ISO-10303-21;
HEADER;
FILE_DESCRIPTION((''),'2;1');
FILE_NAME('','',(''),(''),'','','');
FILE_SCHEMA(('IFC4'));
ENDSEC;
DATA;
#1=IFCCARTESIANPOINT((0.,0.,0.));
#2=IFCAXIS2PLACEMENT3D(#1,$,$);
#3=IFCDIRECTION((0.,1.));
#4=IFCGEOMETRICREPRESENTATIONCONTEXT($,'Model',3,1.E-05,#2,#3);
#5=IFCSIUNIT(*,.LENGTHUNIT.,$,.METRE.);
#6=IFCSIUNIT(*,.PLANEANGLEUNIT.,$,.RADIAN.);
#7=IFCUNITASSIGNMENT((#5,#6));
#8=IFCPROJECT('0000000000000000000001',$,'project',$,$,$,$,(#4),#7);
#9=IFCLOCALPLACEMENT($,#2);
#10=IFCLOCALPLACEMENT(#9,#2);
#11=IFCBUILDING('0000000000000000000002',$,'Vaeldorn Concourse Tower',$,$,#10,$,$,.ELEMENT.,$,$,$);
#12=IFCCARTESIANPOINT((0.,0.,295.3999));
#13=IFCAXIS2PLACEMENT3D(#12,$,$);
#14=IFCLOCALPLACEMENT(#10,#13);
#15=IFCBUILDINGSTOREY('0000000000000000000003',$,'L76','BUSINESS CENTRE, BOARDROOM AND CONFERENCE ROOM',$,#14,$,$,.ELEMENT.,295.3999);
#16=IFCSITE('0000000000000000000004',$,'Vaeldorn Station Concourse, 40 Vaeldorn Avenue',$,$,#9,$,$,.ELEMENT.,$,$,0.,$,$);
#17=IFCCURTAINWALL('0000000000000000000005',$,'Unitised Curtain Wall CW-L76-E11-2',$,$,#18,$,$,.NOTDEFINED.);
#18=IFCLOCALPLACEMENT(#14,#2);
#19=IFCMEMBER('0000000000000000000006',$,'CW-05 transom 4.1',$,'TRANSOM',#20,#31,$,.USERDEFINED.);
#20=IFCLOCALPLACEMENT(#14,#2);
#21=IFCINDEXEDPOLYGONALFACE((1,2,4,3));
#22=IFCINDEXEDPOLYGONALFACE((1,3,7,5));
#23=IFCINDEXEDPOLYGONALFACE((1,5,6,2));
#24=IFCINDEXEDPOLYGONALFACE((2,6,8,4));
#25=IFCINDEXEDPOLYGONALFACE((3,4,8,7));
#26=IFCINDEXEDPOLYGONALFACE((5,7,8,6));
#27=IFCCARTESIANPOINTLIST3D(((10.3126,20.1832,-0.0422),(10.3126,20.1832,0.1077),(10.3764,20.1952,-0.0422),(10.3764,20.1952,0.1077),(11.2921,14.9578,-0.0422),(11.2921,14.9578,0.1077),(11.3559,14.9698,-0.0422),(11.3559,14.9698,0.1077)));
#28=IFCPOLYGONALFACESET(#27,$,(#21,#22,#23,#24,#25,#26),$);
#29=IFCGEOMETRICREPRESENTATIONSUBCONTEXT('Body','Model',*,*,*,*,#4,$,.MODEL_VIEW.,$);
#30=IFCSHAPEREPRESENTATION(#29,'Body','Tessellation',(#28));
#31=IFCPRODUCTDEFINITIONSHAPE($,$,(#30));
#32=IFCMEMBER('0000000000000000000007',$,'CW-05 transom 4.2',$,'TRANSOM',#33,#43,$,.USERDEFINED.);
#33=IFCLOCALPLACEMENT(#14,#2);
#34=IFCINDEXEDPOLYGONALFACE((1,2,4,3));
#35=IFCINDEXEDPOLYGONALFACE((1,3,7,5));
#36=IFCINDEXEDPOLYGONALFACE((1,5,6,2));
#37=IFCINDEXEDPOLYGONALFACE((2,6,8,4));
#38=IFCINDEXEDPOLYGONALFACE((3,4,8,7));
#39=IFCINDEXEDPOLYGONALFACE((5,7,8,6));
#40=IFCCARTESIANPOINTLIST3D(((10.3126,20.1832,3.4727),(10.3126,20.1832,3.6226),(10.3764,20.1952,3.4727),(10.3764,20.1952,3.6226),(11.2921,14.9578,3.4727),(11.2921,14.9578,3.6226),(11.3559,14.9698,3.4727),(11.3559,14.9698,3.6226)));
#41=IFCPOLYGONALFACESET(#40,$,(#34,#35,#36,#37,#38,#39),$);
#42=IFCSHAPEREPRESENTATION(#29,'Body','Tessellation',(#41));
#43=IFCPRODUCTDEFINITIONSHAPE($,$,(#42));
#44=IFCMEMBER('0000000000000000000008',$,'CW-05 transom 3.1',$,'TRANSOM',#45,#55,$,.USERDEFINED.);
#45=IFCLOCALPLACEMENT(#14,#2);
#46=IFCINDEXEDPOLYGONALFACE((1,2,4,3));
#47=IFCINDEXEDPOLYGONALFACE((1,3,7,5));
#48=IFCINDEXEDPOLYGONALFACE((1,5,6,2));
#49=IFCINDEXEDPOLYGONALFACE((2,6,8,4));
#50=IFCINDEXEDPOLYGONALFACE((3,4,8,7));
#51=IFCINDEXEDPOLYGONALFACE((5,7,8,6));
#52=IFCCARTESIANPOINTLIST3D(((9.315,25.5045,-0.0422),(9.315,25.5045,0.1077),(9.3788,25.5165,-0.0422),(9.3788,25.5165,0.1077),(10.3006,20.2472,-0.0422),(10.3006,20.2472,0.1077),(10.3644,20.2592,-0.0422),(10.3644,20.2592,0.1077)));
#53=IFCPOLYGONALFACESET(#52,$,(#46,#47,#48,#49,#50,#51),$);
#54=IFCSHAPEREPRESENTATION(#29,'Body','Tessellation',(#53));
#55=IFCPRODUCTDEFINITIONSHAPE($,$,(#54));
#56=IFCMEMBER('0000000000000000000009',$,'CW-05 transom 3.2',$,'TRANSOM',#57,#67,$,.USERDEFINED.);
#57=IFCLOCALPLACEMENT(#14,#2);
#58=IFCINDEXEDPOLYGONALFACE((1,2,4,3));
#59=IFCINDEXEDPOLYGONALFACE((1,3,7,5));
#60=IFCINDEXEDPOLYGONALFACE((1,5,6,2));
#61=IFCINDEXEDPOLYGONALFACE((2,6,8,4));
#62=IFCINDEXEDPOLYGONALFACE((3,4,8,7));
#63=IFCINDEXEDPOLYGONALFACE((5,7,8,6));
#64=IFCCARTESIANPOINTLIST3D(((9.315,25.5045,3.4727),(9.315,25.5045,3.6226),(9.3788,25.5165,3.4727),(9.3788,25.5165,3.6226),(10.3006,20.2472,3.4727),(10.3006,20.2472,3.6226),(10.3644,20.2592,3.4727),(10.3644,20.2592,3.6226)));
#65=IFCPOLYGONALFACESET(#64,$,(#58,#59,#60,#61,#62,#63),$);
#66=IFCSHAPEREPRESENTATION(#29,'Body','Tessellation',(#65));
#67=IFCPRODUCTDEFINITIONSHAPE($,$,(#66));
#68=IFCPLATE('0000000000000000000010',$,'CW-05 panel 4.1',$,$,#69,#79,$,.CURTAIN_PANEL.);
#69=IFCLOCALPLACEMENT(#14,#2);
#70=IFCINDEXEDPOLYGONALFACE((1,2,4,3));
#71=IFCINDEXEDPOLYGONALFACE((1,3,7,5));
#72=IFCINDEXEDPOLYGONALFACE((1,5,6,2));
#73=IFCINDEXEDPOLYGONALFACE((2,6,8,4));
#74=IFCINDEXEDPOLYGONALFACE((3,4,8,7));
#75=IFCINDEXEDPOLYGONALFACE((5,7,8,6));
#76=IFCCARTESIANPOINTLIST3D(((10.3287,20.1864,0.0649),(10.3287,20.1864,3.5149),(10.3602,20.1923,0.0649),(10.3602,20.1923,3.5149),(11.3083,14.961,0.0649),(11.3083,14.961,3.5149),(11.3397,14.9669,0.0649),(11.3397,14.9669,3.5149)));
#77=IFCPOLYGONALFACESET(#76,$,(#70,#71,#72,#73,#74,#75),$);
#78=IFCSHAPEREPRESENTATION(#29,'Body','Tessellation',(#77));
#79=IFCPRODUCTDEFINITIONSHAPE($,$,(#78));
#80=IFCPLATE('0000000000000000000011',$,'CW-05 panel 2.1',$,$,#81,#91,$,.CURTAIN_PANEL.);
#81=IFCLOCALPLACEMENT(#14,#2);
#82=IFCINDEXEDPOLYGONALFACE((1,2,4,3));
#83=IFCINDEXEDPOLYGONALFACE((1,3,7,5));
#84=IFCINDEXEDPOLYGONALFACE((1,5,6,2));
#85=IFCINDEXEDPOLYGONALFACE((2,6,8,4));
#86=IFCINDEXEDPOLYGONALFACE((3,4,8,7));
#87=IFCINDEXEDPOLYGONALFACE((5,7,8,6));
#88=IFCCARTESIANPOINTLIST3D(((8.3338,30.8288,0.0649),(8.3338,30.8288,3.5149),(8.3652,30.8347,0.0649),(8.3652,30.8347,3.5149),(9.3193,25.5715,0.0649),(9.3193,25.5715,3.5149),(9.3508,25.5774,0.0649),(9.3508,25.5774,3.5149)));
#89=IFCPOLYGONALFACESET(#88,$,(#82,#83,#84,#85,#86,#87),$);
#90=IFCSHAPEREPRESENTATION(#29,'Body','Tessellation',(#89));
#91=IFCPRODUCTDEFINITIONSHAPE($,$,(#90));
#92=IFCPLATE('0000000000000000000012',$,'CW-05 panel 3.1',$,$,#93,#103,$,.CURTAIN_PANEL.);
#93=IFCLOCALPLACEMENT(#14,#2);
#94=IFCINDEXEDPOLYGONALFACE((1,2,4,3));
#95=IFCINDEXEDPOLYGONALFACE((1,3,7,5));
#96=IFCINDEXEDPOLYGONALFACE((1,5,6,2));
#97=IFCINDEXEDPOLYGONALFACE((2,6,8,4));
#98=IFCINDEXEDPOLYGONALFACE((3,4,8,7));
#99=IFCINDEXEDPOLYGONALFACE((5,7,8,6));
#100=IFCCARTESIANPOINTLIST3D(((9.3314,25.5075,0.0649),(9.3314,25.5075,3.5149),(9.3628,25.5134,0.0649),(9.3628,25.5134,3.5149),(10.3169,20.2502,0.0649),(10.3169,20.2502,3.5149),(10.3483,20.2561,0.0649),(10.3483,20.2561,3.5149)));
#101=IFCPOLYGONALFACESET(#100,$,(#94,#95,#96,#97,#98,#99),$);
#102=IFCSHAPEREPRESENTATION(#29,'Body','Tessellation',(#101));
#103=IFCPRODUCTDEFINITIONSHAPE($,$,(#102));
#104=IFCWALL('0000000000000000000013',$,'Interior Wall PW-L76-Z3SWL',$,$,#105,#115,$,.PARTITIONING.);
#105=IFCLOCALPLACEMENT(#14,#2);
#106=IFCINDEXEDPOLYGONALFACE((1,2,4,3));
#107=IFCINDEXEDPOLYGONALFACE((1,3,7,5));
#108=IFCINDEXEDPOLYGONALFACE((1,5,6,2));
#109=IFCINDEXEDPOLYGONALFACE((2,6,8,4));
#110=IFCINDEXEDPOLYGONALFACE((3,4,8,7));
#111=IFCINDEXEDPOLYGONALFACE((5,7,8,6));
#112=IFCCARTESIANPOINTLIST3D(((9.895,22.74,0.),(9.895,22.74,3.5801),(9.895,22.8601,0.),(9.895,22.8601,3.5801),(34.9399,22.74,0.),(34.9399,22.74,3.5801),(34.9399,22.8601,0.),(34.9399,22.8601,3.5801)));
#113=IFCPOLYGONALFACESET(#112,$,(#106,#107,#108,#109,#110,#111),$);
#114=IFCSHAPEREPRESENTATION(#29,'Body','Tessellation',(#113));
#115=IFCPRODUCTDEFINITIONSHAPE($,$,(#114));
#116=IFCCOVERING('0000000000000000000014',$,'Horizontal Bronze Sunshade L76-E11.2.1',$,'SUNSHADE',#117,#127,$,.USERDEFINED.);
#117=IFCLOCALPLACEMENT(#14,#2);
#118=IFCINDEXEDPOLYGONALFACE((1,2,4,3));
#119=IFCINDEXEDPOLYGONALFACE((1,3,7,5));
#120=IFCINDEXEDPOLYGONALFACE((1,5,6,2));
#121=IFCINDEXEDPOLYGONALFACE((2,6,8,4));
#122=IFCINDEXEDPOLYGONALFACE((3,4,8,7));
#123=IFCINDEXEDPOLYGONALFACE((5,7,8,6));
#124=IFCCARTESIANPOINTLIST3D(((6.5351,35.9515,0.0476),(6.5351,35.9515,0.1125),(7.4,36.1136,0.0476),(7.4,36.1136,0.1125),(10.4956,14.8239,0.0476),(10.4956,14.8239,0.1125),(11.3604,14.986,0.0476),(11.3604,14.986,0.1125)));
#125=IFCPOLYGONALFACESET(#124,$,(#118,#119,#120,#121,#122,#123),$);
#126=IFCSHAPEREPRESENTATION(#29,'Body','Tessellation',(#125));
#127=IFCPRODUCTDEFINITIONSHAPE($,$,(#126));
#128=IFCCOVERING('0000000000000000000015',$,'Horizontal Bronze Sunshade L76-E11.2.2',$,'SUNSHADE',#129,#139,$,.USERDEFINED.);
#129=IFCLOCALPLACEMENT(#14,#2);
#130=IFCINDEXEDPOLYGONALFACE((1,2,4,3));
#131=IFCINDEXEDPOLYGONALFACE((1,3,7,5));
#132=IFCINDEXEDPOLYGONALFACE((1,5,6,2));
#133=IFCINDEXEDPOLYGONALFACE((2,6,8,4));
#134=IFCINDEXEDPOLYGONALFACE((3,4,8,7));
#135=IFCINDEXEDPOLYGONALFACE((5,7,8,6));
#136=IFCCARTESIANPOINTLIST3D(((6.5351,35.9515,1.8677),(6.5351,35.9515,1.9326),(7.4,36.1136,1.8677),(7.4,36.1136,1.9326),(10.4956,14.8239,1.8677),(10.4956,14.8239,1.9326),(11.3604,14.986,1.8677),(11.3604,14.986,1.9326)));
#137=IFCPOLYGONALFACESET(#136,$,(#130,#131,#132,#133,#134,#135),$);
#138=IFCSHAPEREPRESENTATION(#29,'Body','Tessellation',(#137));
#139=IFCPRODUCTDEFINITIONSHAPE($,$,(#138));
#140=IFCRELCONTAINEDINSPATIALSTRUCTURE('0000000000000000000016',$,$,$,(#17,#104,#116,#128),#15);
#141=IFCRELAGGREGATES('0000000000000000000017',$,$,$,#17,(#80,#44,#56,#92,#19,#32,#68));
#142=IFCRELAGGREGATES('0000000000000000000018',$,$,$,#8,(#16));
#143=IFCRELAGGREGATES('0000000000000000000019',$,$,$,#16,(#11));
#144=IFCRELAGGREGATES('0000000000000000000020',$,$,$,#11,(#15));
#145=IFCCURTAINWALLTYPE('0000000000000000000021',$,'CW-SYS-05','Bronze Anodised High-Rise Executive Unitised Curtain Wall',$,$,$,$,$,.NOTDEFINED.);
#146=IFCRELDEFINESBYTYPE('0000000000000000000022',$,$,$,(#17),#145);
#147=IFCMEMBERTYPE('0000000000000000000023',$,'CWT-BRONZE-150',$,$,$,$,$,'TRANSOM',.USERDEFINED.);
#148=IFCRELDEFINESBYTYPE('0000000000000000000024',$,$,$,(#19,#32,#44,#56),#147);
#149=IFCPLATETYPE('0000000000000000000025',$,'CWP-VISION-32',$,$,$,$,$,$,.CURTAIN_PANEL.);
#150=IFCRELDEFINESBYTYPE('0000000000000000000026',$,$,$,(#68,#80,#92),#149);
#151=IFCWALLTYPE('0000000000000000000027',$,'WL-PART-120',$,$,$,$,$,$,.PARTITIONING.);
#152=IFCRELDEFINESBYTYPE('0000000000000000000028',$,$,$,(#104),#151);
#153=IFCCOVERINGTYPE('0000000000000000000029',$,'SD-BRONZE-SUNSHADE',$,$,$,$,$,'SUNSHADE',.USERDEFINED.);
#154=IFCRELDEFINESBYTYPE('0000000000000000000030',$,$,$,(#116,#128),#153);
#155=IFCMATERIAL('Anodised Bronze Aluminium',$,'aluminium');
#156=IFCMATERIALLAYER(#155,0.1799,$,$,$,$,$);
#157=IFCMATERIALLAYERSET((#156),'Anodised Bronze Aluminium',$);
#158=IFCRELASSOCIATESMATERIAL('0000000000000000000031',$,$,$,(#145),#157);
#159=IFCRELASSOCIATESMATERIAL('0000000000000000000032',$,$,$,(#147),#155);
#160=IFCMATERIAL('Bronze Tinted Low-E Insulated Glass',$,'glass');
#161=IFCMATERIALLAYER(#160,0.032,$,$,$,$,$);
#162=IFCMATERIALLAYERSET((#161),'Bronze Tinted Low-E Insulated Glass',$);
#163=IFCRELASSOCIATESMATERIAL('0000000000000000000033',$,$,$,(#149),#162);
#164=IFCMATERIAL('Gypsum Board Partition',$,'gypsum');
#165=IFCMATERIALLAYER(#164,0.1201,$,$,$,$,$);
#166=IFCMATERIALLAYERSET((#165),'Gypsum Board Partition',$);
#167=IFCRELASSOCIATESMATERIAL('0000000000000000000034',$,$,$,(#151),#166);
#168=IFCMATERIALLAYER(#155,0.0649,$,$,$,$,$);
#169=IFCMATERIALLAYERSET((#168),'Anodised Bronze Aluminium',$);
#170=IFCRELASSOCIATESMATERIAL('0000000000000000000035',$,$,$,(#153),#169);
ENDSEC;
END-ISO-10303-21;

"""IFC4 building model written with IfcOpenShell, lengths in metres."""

from ifc_helpers import new_model, si_unit, direction, frame, frame_2d, origin, origin_2d, place, context, subcontext, project, spatial, rectangle, extrude, source, transform, mapped, material, layer, layer_set, material_profile, profile_set, type_object, element, aggregate, save


model = new_model("IFC4")

# Units and contexts
model_context = context("Model", 3, precision=1e-05, world=origin(), true_north=direction((0.0, 1.0)))
body_context = subcontext(model_context, "Body", "Model", "MODEL_VIEW")
ifc_project = project(units=[si_unit("LENGTHUNIT", "METRE"), si_unit("PLANEANGLEUNIT", "RADIAN")], contexts=[model_context])

# Site, building, storey
site_placement = place(None, origin())
site = spatial("IfcSite", under=ifc_project, at=site_placement, Name="Vaeldorn Station Concourse, 40 Vaeldorn Avenue", CompositionType="ELEMENT", RefElevation=0.0)
building_placement = place(site_placement, origin())
building = spatial("IfcBuilding", under=site, at=building_placement, Name="Vaeldorn Concourse Tower", CompositionType="ELEMENT")
storey_placement = place(building_placement, frame((0.0, 0.0, 295.3999)))
storey = spatial("IfcBuildingStorey", under=building, at=storey_placement, Name="L76", Description="BUSINESS CENTRE, BOARDROOM AND CONFERENCE ROOM", CompositionType="ELEMENT", Elevation=295.3999)

# Curtain wall
ifc_material_1 = material(Name="Anodised Bronze Aluminium", Category="aluminium")
ifc_layer_1 = layer(ifc_material_1, 0.1799)
ifc_layer_set_1 = layer_set([ifc_layer_1], Name="Anodised Bronze Aluminium")
curtain_wall_type = type_object("IfcCurtainWallType", Name="CW-SYS-05", Description="Bronze Anodised High-Rise Executive Unitised Curtain Wall", PredefinedType="NOTDEFINED", material=ifc_layer_set_1)
ifc_material_profile_1 = material_profile(ifc_material_1, rectangle(XDim=0.0649, YDim=0.1499, at=origin_2d()), Name="CWT 65x150")
ifc_profile_set_1 = profile_set([ifc_material_profile_1], Name="Anodised Bronze Aluminium")
member_type_1 = type_object("IfcMemberType", Name="CWT-BRONZE-150", ElementType="TRANSOM", PredefinedType="USERDEFINED", material=ifc_profile_set_1)
curtain_wall_1_placement = place(storey_placement, origin())
curtain_wall_1 = element("IfcCurtainWall", 1, at=curtain_wall_1_placement, inside=storey, type_object=curtain_wall_type, Name="Unitised Curtain Wall CW-L76-E11-2", PredefinedType="NOTDEFINED")

# Members
shared_shape_1 = source(origin(), body_context, "Body", "SweptSolid", [
    extrude(rectangle(XDim=0.0649, YDim=0.1499, at=origin_2d()), origin(), (0.0, 0.0, 1.0), 5.3164),
])
member_1_placement = place(storey_placement, frame((10.3445, 20.1892, 0.0327), z_axis=(0.184241, -0.982881, 0.0), x_axis=(0.982881, 0.184241, 0.0)))
member_1 = element("IfcMember", 2, at=member_1_placement, type_object=member_type_1, Name="CW-05 transom 4.1", ObjectType="TRANSOM", PredefinedType="USERDEFINED", context=body_context, shape_type="MappedRepresentation", body=[
    mapped(shared_shape_1, transform((0.0, 0.0, 0.0), scale=1.0)),
])
member_2_placement = place(storey_placement, frame((10.3445, 20.1892, 3.5476), z_axis=(0.184241, -0.982881, 0.0), x_axis=(0.982881, 0.184241, 0.0)))
member_2 = element("IfcMember", 3, at=member_2_placement, type_object=member_type_1, Name="CW-05 transom 4.2", ObjectType="TRANSOM", PredefinedType="USERDEFINED", context=body_context, shape_type="MappedRepresentation", body=[
    mapped(shared_shape_1, transform((0.0, 0.0, 0.0), scale=1.0)),
])
shared_shape_2 = source(origin(), body_context, "Body", "SweptSolid", [
    extrude(rectangle(XDim=0.0649, YDim=0.1499, at=origin_2d()), origin(), (0.0, 0.0, 1.0), 5.3489),
])
member_3_placement = place(storey_placement, frame((9.3469, 25.5105, 0.0327), z_axis=(0.184261, -0.982877, 0.0), x_axis=(0.982877, 0.184261, 0.0)))
member_3 = element("IfcMember", 4, at=member_3_placement, type_object=member_type_1, Name="CW-05 transom 3.1", ObjectType="TRANSOM", PredefinedType="USERDEFINED", context=body_context, shape_type="MappedRepresentation", body=[
    mapped(shared_shape_2, transform((0.0, 0.0, 0.0), scale=1.0)),
])
member_4_placement = place(storey_placement, frame((9.3469, 25.5105, 3.5476), z_axis=(0.184261, -0.982877, 0.0), x_axis=(0.982877, 0.184261, 0.0)))
member_4 = element("IfcMember", 5, at=member_4_placement, type_object=member_type_1, Name="CW-05 transom 3.2", ObjectType="TRANSOM", PredefinedType="USERDEFINED", context=body_context, shape_type="MappedRepresentation", body=[
    mapped(shared_shape_2, transform((0.0, 0.0, 0.0), scale=1.0)),
])

# Plates
ifc_material_2 = material(Name="Bronze Tinted Low-E Insulated Glass", Category="glass")
ifc_layer_2 = layer(ifc_material_2, 0.032)
ifc_layer_set_2 = layer_set([ifc_layer_2], Name="Bronze Tinted Low-E Insulated Glass")
plate_type = type_object("IfcPlateType", Name="CWP-VISION-32", PredefinedType="CURTAIN_PANEL", material=ifc_layer_set_2)
shared_shape_3 = source(origin(), body_context, "Body", "SweptSolid", [
    extrude(rectangle(XDim=5.3164, YDim=0.032, at=origin_2d()), origin(), (0.0, 0.0, 1.0), 3.45),
])
plate_1_placement = place(storey_placement, frame((10.8342, 17.5767, 0.0649), z_axis=(0.0, 0.0, 1.0), x_axis=(0.184247, -0.98288, 0.0)))
plate_1 = element("IfcPlate", 6, at=plate_1_placement, type_object=plate_type, Name="CW-05 panel 4.1", PredefinedType="CURTAIN_PANEL", context=body_context, shape_type="MappedRepresentation", body=[
    mapped(shared_shape_3, transform((0.0, 0.0, 0.0), scale=1.0)),
])
shared_shape_4 = source(origin(), body_context, "Body", "SweptSolid", [
    extrude(rectangle(XDim=5.3489, YDim=0.032, at=origin_2d()), origin(), (0.0, 0.0, 1.0), 3.45),
])
plate_2_placement = place(storey_placement, frame((8.8423, 28.2031, 0.0649), z_axis=(0.0, 0.0, 1.0), x_axis=(0.184247, -0.98288, 0.0)))
plate_2 = element("IfcPlate", 7, at=plate_2_placement, type_object=plate_type, Name="CW-05 panel 2.1", PredefinedType="CURTAIN_PANEL", context=body_context, shape_type="MappedRepresentation", body=[
    mapped(shared_shape_4, transform((0.0, 0.0, 0.0), scale=1.0)),
])
plate_3_placement = place(storey_placement, frame((9.8398, 22.8818, 0.0649), z_axis=(0.0, 0.0, 1.0), x_axis=(0.184247, -0.98288, 0.0)))
plate_3 = element("IfcPlate", 8, at=plate_3_placement, type_object=plate_type, Name="CW-05 panel 3.1", PredefinedType="CURTAIN_PANEL", context=body_context, shape_type="MappedRepresentation", body=[
    mapped(shared_shape_4, transform((0.0, 0.0, 0.0), scale=1.0)),
])
aggregate(curtain_wall_1, [plate_2, member_3, member_4, plate_3, member_1, member_2, plate_1])

# Wall
ifc_material_3 = material(Name="Gypsum Board Partition", Category="gypsum")
ifc_layer_3 = layer(ifc_material_3, 0.1201)
ifc_layer_set_3 = layer_set([ifc_layer_3], Name="Gypsum Board Partition")
wall_type = type_object("IfcWallType", Name="WL-PART-120", PredefinedType="PARTITIONING", material=ifc_layer_set_3)
wall_placement = place(storey_placement, frame((9.895, 22.8, 0.0), z_axis=(0.0, 0.0, 1.0), x_axis=(1.0, 0.0, 0.0)))
element("IfcWall", 9, at=wall_placement, inside=storey, type_object=wall_type, Name="Interior Wall PW-L76-Z3SWL", PredefinedType="PARTITIONING", context=body_context, shape_type="SweptSolid", body=[
    extrude(rectangle(XDim=25.0449, YDim=0.1201, at=frame_2d((12.5225, 0.0))), origin(), (0.0, 0.0, 1.0), 3.5801),
])

# Coverings
ifc_layer_4 = layer(ifc_material_1, 0.0649)
ifc_layer_set_4 = layer_set([ifc_layer_4], Name="Anodised Bronze Aluminium")
covering_type = type_object("IfcCoveringType", Name="SD-BRONZE-SUNSHADE", ElementType="SUNSHADE", PredefinedType="USERDEFINED", material=ifc_layer_set_4)
shared_shape_5 = source(origin(), body_context, "Body", "SweptSolid", [
    extrude(rectangle(XDim=21.4956, YDim=0.8799, at=origin_2d()), origin(), (0.0, 0.0, 1.0), 0.0649),
])
for number, where, z_axis, x_axis, name in (
    (10, (8.9478, 25.4688, 0.0476), (0.0, 0.0, 1.0), (0.184243, -0.982881, 0.0), "Horizontal Bronze Sunshade L76-E11.2.1"),
    (11, (8.9478, 25.4688, 1.8677), (0.0, 0.0, 1.0), (0.184243, -0.982881, 0.0), "Horizontal Bronze Sunshade L76-E11.2.2"),
):
    element("IfcCovering", number, at=place(storey_placement, frame(where, z_axis=z_axis, x_axis=x_axis)), inside=storey, type_object=covering_type, Name=name, ObjectType="SUNSHADE", PredefinedType="USERDEFINED", context=body_context, shape_type="MappedRepresentation", body=[
        mapped(shared_shape_5, transform((0.0, 0.0, 0.0), scale=1.0)),
    ])

save(model, "model.ifc")
